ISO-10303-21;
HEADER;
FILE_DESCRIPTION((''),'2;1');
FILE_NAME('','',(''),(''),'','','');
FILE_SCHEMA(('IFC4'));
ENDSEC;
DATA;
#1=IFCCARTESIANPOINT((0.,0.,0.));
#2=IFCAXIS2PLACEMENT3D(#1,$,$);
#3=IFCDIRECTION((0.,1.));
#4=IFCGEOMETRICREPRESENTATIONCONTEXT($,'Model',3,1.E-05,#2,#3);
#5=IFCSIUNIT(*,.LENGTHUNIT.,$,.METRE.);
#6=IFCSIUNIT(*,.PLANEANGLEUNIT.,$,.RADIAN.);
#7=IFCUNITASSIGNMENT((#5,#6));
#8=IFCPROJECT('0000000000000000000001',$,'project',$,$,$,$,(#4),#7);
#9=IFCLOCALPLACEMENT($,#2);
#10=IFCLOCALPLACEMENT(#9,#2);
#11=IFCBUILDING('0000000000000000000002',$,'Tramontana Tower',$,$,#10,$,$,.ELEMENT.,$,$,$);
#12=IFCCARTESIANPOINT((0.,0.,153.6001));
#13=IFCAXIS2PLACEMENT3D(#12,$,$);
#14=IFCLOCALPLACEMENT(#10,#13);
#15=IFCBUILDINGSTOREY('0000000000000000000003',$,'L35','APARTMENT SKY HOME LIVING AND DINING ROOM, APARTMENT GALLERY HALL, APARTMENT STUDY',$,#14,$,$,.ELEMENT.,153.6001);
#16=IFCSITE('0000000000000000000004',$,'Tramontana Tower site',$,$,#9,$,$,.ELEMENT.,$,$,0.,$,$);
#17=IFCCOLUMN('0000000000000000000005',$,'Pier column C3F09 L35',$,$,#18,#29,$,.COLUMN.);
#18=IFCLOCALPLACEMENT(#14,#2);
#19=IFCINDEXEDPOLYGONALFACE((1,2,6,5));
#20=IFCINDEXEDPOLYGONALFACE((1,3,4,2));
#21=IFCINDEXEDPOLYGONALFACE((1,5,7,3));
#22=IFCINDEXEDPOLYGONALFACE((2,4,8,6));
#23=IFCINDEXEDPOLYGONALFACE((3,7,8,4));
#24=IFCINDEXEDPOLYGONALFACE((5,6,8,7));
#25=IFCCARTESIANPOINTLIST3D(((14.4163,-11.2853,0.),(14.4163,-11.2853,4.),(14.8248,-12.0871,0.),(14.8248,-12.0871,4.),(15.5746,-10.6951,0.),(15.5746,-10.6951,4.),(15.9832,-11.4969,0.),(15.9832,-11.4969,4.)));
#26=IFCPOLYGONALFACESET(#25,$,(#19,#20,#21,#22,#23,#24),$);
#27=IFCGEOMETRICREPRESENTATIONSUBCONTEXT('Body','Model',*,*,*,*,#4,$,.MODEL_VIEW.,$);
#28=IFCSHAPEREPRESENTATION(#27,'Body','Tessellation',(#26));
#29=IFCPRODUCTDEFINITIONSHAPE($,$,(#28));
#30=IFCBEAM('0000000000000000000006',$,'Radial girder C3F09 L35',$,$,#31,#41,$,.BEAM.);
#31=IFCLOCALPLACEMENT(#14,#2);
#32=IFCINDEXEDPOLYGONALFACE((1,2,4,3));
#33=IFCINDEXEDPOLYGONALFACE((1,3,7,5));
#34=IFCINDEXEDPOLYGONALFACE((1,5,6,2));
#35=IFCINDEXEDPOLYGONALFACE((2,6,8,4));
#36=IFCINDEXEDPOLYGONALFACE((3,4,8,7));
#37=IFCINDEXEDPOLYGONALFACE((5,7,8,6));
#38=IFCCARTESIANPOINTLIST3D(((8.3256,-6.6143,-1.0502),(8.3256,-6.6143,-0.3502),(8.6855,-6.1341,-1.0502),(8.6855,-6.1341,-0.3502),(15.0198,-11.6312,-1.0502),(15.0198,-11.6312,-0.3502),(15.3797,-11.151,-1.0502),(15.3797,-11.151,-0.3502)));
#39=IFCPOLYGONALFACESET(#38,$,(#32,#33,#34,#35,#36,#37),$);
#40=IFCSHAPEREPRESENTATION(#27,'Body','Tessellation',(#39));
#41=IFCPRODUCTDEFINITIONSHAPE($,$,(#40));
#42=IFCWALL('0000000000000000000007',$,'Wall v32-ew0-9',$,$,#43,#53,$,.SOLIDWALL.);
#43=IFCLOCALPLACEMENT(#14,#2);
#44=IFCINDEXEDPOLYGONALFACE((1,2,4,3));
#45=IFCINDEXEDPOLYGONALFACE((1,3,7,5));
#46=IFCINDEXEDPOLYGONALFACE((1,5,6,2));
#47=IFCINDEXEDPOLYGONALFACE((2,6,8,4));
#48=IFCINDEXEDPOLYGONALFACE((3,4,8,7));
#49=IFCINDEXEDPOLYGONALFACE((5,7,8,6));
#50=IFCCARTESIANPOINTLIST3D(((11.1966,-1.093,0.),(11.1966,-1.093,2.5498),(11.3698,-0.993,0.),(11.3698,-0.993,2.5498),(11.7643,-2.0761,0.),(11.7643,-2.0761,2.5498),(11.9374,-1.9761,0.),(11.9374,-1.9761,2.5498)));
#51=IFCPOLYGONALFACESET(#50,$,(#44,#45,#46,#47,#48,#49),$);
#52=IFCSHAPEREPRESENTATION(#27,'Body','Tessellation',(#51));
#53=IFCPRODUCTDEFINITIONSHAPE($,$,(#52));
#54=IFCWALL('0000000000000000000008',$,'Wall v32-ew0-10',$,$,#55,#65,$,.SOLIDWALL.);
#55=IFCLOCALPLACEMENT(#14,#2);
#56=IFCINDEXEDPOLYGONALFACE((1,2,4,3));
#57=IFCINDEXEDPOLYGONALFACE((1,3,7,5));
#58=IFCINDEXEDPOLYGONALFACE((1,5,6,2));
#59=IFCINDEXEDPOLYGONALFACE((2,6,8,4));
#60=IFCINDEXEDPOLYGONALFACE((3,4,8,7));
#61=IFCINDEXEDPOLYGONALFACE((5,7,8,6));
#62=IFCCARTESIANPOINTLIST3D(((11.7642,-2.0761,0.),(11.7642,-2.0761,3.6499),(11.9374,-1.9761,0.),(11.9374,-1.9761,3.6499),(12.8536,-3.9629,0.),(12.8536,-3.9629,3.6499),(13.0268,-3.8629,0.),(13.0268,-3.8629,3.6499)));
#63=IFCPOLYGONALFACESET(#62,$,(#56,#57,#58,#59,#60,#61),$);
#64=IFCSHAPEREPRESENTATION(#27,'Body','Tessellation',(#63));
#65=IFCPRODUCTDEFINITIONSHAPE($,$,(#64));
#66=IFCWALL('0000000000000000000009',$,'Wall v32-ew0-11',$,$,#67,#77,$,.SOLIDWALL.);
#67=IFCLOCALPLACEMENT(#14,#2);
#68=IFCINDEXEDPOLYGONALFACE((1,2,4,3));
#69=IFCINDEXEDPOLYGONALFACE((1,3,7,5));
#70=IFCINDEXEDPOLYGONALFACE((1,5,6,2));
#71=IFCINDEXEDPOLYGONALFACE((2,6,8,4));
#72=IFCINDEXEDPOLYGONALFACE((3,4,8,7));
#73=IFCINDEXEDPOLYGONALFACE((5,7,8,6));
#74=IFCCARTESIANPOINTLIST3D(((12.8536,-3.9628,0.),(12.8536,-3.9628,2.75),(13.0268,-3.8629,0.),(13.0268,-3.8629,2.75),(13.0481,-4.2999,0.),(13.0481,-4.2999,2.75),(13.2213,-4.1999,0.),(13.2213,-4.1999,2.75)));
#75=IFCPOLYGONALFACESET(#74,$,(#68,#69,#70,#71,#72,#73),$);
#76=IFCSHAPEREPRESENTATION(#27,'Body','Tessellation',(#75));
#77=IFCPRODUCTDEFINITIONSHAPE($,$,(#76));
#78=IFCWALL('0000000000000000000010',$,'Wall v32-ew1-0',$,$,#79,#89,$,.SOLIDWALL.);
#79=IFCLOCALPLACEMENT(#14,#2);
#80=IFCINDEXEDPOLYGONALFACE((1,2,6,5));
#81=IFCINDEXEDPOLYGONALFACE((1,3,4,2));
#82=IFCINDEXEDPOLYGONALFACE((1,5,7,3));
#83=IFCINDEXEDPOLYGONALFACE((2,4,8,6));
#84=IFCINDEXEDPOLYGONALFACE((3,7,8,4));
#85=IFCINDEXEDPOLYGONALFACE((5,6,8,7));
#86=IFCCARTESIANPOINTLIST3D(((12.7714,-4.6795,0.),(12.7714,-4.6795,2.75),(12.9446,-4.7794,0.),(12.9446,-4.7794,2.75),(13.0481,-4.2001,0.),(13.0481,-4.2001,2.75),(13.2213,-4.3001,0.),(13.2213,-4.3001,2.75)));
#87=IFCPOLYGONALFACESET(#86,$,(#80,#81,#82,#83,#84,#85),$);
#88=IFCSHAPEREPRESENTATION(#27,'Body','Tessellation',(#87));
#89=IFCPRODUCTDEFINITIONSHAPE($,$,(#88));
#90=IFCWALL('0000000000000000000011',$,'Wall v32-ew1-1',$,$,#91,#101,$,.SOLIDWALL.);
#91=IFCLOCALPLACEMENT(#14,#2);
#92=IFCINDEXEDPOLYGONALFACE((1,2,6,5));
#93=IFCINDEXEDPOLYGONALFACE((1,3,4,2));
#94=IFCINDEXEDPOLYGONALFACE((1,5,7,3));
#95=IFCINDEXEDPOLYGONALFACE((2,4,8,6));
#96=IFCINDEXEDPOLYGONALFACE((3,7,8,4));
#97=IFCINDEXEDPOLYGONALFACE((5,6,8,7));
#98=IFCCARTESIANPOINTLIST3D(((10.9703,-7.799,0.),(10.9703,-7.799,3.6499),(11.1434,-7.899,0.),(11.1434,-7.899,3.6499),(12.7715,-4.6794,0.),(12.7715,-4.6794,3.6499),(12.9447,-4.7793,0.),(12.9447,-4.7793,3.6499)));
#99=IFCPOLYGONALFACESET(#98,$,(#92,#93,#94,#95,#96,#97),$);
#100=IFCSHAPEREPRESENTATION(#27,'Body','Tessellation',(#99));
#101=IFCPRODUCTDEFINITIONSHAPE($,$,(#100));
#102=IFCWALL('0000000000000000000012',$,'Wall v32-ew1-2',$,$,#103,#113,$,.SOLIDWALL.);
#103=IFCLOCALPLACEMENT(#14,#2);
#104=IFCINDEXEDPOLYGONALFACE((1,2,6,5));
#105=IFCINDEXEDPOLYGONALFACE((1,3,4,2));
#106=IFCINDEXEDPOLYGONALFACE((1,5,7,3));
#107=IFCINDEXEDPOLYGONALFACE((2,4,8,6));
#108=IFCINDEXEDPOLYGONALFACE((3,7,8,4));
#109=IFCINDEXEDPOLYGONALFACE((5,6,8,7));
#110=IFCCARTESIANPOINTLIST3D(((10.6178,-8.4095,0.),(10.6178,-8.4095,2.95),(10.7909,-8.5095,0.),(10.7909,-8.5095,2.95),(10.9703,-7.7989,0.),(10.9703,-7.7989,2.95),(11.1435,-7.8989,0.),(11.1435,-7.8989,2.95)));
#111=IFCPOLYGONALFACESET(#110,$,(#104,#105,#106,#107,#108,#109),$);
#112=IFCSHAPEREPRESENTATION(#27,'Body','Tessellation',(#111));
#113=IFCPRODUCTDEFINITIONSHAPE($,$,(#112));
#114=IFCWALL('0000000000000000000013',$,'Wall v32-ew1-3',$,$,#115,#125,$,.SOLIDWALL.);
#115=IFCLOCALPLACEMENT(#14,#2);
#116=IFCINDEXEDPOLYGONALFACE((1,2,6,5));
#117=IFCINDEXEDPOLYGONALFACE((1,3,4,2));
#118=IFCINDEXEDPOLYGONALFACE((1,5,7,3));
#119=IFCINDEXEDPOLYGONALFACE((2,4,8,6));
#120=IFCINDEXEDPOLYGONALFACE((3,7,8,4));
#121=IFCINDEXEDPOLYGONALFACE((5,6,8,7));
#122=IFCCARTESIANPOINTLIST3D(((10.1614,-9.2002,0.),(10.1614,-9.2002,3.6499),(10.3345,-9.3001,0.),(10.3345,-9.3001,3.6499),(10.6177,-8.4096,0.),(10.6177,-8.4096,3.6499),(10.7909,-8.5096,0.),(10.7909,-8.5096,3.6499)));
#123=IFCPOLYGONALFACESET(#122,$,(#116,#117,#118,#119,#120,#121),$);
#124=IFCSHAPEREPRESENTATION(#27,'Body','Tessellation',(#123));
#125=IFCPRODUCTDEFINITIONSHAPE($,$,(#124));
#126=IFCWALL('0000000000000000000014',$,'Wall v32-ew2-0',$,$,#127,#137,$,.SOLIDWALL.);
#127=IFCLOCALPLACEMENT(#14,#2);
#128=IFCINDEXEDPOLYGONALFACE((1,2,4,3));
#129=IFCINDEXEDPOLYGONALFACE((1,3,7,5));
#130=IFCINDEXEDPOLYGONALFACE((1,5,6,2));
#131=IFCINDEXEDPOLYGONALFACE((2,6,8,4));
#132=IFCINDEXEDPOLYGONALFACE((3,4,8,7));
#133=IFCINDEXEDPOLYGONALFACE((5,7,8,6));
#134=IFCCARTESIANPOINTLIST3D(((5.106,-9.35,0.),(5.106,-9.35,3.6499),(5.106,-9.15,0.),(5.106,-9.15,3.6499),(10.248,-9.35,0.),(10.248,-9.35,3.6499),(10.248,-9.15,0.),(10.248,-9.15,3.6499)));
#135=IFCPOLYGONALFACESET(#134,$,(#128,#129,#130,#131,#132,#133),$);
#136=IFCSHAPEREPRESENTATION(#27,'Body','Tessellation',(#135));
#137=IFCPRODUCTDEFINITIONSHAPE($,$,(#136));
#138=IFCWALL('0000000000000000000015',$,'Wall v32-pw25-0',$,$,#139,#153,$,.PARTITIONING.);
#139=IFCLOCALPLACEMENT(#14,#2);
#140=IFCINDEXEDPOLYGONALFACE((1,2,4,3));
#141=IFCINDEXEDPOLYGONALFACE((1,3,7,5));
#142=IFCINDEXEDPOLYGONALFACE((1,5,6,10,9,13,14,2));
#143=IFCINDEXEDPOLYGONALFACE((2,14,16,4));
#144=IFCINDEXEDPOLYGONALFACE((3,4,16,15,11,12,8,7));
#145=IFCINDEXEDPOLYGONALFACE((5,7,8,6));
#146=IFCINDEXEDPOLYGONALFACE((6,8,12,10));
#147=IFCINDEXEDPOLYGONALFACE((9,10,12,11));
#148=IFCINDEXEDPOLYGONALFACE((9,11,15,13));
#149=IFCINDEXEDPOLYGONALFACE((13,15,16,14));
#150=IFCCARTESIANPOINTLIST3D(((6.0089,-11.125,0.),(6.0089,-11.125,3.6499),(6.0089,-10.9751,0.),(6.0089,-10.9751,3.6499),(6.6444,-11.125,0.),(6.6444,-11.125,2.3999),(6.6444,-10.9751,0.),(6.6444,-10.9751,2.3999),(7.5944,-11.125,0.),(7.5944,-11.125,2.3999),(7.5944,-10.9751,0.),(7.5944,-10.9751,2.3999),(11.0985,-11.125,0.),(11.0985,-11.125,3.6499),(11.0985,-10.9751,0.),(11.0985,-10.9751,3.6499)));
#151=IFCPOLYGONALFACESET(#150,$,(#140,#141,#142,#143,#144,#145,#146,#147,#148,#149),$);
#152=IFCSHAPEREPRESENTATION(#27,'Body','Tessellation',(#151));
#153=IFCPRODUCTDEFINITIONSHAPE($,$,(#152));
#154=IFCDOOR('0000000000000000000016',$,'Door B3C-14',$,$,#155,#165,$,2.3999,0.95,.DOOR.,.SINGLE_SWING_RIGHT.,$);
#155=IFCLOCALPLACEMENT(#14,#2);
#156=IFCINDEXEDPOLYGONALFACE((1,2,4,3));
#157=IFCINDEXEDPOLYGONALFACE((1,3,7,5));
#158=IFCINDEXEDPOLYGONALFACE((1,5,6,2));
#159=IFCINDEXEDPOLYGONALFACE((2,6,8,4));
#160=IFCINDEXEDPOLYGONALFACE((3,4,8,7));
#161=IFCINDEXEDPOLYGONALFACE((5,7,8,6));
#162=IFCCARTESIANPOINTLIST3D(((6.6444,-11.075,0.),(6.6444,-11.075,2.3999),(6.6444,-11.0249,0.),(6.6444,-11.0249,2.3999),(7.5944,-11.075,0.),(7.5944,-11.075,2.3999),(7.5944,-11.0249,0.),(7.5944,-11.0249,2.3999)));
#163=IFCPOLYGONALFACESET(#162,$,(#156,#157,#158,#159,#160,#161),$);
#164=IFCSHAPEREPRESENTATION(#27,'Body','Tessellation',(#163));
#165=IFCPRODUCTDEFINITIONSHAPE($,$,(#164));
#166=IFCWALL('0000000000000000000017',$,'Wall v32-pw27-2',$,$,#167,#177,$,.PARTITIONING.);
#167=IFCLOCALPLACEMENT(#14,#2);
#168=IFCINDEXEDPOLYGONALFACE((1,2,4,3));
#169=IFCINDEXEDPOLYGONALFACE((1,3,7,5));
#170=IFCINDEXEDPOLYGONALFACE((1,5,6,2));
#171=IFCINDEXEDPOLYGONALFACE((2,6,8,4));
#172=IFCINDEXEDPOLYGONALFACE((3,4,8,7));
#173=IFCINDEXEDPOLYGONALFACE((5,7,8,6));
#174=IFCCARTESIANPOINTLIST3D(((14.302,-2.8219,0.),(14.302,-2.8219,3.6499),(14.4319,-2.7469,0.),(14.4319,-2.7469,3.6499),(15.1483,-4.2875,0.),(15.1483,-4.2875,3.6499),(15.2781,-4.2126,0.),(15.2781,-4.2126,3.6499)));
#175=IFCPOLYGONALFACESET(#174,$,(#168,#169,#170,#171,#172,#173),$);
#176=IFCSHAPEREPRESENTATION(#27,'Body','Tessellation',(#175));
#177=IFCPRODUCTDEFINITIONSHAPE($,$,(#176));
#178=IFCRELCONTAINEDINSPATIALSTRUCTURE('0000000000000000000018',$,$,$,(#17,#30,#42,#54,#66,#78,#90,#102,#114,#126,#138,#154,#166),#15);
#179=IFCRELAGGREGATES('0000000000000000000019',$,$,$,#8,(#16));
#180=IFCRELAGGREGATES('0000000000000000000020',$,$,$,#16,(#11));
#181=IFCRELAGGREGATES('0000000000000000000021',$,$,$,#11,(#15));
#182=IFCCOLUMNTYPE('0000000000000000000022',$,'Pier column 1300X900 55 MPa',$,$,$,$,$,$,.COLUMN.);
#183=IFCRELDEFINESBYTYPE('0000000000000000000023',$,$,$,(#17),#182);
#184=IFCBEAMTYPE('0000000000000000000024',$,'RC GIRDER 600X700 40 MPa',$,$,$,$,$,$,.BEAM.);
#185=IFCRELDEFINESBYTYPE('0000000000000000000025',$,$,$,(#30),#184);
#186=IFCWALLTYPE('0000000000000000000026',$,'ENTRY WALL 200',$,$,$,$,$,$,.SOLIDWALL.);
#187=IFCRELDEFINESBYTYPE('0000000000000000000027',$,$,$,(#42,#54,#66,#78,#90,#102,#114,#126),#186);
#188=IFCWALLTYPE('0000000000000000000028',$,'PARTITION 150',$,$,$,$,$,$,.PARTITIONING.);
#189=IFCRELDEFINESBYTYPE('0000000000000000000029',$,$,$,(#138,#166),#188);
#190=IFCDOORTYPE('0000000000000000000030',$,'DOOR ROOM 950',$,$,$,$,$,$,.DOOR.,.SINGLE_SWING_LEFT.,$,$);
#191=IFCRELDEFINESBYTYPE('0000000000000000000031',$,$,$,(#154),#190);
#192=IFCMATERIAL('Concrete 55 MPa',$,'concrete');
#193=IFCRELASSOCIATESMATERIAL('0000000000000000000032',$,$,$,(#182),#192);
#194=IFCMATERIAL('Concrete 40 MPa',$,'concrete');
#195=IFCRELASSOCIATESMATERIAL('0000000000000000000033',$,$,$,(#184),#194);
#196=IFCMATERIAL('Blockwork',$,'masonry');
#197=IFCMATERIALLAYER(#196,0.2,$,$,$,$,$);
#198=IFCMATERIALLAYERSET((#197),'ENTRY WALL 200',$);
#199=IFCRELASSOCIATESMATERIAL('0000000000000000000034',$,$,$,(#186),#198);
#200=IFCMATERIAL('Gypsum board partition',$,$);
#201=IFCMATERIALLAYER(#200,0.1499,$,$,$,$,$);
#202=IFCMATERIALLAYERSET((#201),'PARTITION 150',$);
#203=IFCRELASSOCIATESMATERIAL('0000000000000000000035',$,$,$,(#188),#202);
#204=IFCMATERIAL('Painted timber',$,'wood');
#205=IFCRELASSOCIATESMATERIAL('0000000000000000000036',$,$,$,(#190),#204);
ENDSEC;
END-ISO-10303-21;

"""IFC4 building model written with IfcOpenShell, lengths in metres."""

from ifc_helpers import new_model, si_unit, direction, frame, frame_2d, origin, origin_2d, place, context, subcontext, project, spatial, rectangle, extrude, material, layer, layer_set, material_profile, profile_set, type_object, element, fill, save


model = new_model("IFC4")

# Units and contexts
model_context = context("Model", 3, precision=1e-05, world=origin(), true_north=direction((0.0, 1.0)))
body_context = subcontext(model_context, "Body", "Model", "MODEL_VIEW")
ifc_project = project(units=[si_unit("LENGTHUNIT", "METRE"), si_unit("PLANEANGLEUNIT", "RADIAN")], contexts=[model_context])

# Site, building, storey
site_placement = place(None, origin())
site = spatial("IfcSite", under=ifc_project, at=site_placement, Name="Tramontana Tower site", CompositionType="ELEMENT", RefElevation=0.0)
building_placement = place(site_placement, origin())
building = spatial("IfcBuilding", under=site, at=building_placement, Name="Tramontana Tower", CompositionType="ELEMENT")
storey_placement = place(building_placement, frame((0.0, 0.0, 153.6001)))
storey = spatial("IfcBuildingStorey", under=building, at=storey_placement, Name="L35", Description="APARTMENT SKY HOME LIVING AND DINING ROOM, APARTMENT GALLERY HALL, APARTMENT STUDY", CompositionType="ELEMENT", Elevation=153.6001)

# Column
ifc_material_1 = material(Name="Concrete 55 MPa", Category="concrete")
ifc_material_profile_1 = material_profile(ifc_material_1, rectangle(XDim=1.3, YDim=0.8999, at=origin_2d()), Name="Pier column 1300X900 55 MPa")
ifc_profile_set_1 = profile_set([ifc_material_profile_1], Name="Concrete 55 MPa")
column_type = type_object("IfcColumnType", Name="Pier column 1300X900 55 MPa", PredefinedType="COLUMN", material=ifc_profile_set_1)
column_placement = place(storey_placement, frame((15.1997, -11.3911, 0.0), z_axis=(0.0, 0.0, 1.0), x_axis=(0.891007, 0.45399, 0.0)))
element("IfcColumn", 1, at=column_placement, inside=storey, type_object=column_type, Name="Pier column C3F09 L35", PredefinedType="COLUMN", context=body_context, shape_type="SweptSolid", body=[
    extrude(rectangle(XDim=1.3, YDim=0.8999, at=origin_2d()), origin(), (0.0, 0.0, 1.0), 4.0),
])

# Beam
ifc_material_2 = material(Name="Concrete 40 MPa", Category="concrete")
ifc_material_profile_2 = material_profile(ifc_material_2, rectangle(XDim=0.6001, YDim=0.7, at=origin_2d()), Name="RC GIRDER 600X700 40 MPa")
ifc_profile_set_2 = profile_set([ifc_material_profile_2], Name="Concrete 40 MPa")
beam_type = type_object("IfcBeamType", Name="RC GIRDER 600X700 40 MPa", PredefinedType="BEAM", material=ifc_profile_set_2)
beam_placement = place(storey_placement, frame((15.1997, -11.3911, -0.7002), z_axis=(-0.800214, 0.599715, 0.0), x_axis=(-0.599715, -0.800214, 0.0)))
element("IfcBeam", 2, at=beam_placement, inside=storey, type_object=beam_type, Name="Radial girder C3F09 L35", PredefinedType="BEAM", context=body_context, shape_type="SweptSolid", body=[
    extrude(rectangle(XDim=0.6001, YDim=0.7, at=origin_2d()), origin(), (0.0, 0.0, 1.0), 8.3655),
])

# Walls
ifc_material_3 = material(Name="Blockwork", Category="masonry")
ifc_layer_1 = layer(ifc_material_3, 0.2)
ifc_layer_set_1 = layer_set([ifc_layer_1], Name="ENTRY WALL 200")
wall_type_1 = type_object("IfcWallType", Name="ENTRY WALL 200", PredefinedType="SOLIDWALL", material=ifc_layer_set_1)
wall_1_placement = place(storey_placement, frame((11.2832, -1.043, 0.0), z_axis=(0.0, 0.0, 1.0), x_axis=(0.500002, -0.866024, 0.0)))
element("IfcWall", 3, at=wall_1_placement, inside=storey, type_object=wall_type_1, Name="Wall v32-ew0-9", PredefinedType="SOLIDWALL", context=body_context, shape_type="SweptSolid", body=[
    extrude(rectangle(XDim=1.1353, YDim=0.2, at=frame_2d((0.5676, 0.0))), origin(), (0.0, 0.0, 1.0), 2.5498),
])
wall_2_placement = place(storey_placement, frame((11.8508, -2.0261, 0.0), z_axis=(0.0, 0.0, 1.0), x_axis=(0.50002, -0.866014, 0.0)))
element("IfcWall", 4, at=wall_2_placement, inside=storey, type_object=wall_type_1, Name="Wall v32-ew0-10", PredefinedType="SOLIDWALL", context=body_context, shape_type="SweptSolid", body=[
    extrude(rectangle(XDim=2.1787, YDim=0.2, at=frame_2d((1.0894, 0.0))), origin(), (0.0, 0.0, 1.0), 3.6499),
])
wall_3_placement = place(storey_placement, frame((12.9402, -3.9128, 0.0), z_axis=(0.0, 0.0, 1.0), x_axis=(0.499849, -0.866112, 0.0)))
element("IfcWall", 5, at=wall_3_placement, inside=storey, type_object=wall_type_1, Name="Wall v32-ew0-11", PredefinedType="SOLIDWALL", context=body_context, shape_type="SweptSolid", body=[
    extrude(rectangle(XDim=0.3892, YDim=0.2, at=frame_2d((0.1946, 0.0))), origin(), (0.0, 0.0, 1.0), 2.75),
])
wall_4_placement = place(storey_placement, frame((13.1348, -4.25, 0.0), z_axis=(0.0, 0.0, 1.0), x_axis=(-0.499888, -0.86609, 0.0)))
element("IfcWall", 6, at=wall_4_placement, inside=storey, type_object=wall_type_1, Name="Wall v32-ew1-0", PredefinedType="SOLIDWALL", context=body_context, shape_type="SweptSolid", body=[
    extrude(rectangle(XDim=0.5535, YDim=0.2, at=frame_2d((0.2769, 0.0))), origin(), (0.0, 0.0, 1.0), 2.75),
])
wall_5_placement = place(storey_placement, frame((12.8582, -4.7292, 0.0), z_axis=(0.0, 0.0, 1.0), x_axis=(-0.500031, -0.866007, 0.0)))
element("IfcWall", 7, at=wall_5_placement, inside=storey, type_object=wall_type_1, Name="Wall v32-ew1-1", PredefinedType="SOLIDWALL", context=body_context, shape_type="SweptSolid", body=[
    extrude(rectangle(XDim=3.6023, YDim=0.2, at=frame_2d((1.8013, 0.0))), origin(), (0.0, 0.0, 1.0), 3.6499),
])
wall_6_placement = place(storey_placement, frame((11.0569, -7.8489, 0.0), z_axis=(0.0, 0.0, 1.0), x_axis=(-0.500012, -0.866018, 0.0)))
element("IfcWall", 8, at=wall_6_placement, inside=storey, type_object=wall_type_1, Name="Wall v32-ew1-2", PredefinedType="SOLIDWALL", context=body_context, shape_type="SweptSolid", body=[
    extrude(rectangle(XDim=0.7051, YDim=0.2, at=frame_2d((0.3525, 0.0))), origin(), (0.0, 0.0, 1.0), 2.95),
])
wall_7_placement = place(storey_placement, frame((10.7043, -8.4595, 0.0), z_axis=(0.0, 0.0, 1.0), x_axis=(-0.499908, -0.866079, 0.0)))
element("IfcWall", 9, at=wall_7_placement, inside=storey, type_object=wall_type_1, Name="Wall v32-ew1-3", PredefinedType="SOLIDWALL", context=body_context, shape_type="SweptSolid", body=[
    extrude(rectangle(XDim=0.9128, YDim=0.2, at=frame_2d((0.4565, 0.0))), origin(), (0.0, 0.0, 1.0), 3.6499),
])
wall_8_placement = place(storey_placement, frame((10.248, -9.25, 0.0), z_axis=(0.0, 0.0, 1.0), x_axis=(-1.0, 0.0, 0.0)))
element("IfcWall", 10, at=wall_8_placement, inside=storey, type_object=wall_type_1, Name="Wall v32-ew2-0", PredefinedType="SOLIDWALL", context=body_context, shape_type="SweptSolid", body=[
    extrude(rectangle(XDim=5.1421, YDim=0.2, at=frame_2d((2.571, 0.0))), origin(), (0.0, 0.0, 1.0), 3.6499),
])

# Wall, opening, door
ifc_material_4 = material(Name="Gypsum board partition")
ifc_layer_2 = layer(ifc_material_4, 0.1499)
ifc_layer_set_2 = layer_set([ifc_layer_2], Name="PARTITION 150")
wall_type_2 = type_object("IfcWallType", Name="PARTITION 150", PredefinedType="PARTITIONING", material=ifc_layer_set_2)
wall_9_placement = place(storey_placement, frame((11.0986, -11.05, 0.0), z_axis=(0.0, 0.0, 1.0), x_axis=(-1.0, 0.0, 0.0)))
wall_9 = element("IfcWall", 11, at=wall_9_placement, inside=storey, type_object=wall_type_2, Name="Wall v32-pw25-0", PredefinedType="PARTITIONING", context=body_context, shape_type="SweptSolid", body=[
    extrude(rectangle(XDim=5.0896, YDim=0.1499, at=frame_2d((2.5449, 0.0))), origin(), (0.0, 0.0, 1.0), 3.6499),
])
opening_1_placement = place(wall_9_placement, frame((3.5042, 0.0, 0.0)))
opening_1 = element("IfcOpeningElement", 12, at=opening_1_placement, cuts=wall_9, PredefinedType="OPENING", context=body_context, shape_type="SweptSolid", body=[
    extrude(rectangle(XDim=0.95, YDim=2.3999, at=frame_2d((0.4751, 1.2))), frame((0.0, 0.085, 0.0), z_axis=(0.0, -1.0, 0.0), x_axis=(1.0, 0.0, 0.0)), (0.0, 0.0, 1.0), 0.1699),
])
ifc_material_5 = material(Name="Painted timber", Category="wood")
door_type_1 = type_object("IfcDoorType", Name="DOOR ROOM 950", OperationType="SINGLE_SWING_LEFT", PredefinedType="DOOR", material=ifc_material_5)
door_1_placement = place(opening_1_placement, origin())
door_1 = element("IfcDoor", 13, at=door_1_placement, inside=storey, type_object=door_type_1, Name="Door B3C-14", OperationType="SINGLE_SWING_RIGHT", OverallHeight=2.3999, OverallWidth=0.95, PredefinedType="DOOR", context=body_context, shape_type="SweptSolid", body=[
    extrude(rectangle(XDim=0.95, YDim=2.3999, at=frame_2d((0.4751, 1.2))), frame((0.0, 0.0249, 0.0), z_axis=(0.0, -1.0, 0.0), x_axis=(1.0, 0.0, 0.0)), (0.0, 0.0, 1.0), 0.05),
])
fill(opening_1, door_1)

# Wall
wall_10_placement = place(storey_placement, frame((14.3669, -2.7844, 0.0), z_axis=(0.0, 0.0, 1.0), x_axis=(0.500018, -0.866015, 0.0)))
element("IfcWall", 14, at=wall_10_placement, inside=storey, type_object=wall_type_2, Name="Wall v32-pw27-2", PredefinedType="PARTITIONING", context=body_context, shape_type="SweptSolid", body=[
    extrude(rectangle(XDim=1.6924, YDim=0.1499, at=frame_2d((0.8462, 0.0))), origin(), (0.0, 0.0, 1.0), 3.6499),
])

save(model, "model.ifc")
